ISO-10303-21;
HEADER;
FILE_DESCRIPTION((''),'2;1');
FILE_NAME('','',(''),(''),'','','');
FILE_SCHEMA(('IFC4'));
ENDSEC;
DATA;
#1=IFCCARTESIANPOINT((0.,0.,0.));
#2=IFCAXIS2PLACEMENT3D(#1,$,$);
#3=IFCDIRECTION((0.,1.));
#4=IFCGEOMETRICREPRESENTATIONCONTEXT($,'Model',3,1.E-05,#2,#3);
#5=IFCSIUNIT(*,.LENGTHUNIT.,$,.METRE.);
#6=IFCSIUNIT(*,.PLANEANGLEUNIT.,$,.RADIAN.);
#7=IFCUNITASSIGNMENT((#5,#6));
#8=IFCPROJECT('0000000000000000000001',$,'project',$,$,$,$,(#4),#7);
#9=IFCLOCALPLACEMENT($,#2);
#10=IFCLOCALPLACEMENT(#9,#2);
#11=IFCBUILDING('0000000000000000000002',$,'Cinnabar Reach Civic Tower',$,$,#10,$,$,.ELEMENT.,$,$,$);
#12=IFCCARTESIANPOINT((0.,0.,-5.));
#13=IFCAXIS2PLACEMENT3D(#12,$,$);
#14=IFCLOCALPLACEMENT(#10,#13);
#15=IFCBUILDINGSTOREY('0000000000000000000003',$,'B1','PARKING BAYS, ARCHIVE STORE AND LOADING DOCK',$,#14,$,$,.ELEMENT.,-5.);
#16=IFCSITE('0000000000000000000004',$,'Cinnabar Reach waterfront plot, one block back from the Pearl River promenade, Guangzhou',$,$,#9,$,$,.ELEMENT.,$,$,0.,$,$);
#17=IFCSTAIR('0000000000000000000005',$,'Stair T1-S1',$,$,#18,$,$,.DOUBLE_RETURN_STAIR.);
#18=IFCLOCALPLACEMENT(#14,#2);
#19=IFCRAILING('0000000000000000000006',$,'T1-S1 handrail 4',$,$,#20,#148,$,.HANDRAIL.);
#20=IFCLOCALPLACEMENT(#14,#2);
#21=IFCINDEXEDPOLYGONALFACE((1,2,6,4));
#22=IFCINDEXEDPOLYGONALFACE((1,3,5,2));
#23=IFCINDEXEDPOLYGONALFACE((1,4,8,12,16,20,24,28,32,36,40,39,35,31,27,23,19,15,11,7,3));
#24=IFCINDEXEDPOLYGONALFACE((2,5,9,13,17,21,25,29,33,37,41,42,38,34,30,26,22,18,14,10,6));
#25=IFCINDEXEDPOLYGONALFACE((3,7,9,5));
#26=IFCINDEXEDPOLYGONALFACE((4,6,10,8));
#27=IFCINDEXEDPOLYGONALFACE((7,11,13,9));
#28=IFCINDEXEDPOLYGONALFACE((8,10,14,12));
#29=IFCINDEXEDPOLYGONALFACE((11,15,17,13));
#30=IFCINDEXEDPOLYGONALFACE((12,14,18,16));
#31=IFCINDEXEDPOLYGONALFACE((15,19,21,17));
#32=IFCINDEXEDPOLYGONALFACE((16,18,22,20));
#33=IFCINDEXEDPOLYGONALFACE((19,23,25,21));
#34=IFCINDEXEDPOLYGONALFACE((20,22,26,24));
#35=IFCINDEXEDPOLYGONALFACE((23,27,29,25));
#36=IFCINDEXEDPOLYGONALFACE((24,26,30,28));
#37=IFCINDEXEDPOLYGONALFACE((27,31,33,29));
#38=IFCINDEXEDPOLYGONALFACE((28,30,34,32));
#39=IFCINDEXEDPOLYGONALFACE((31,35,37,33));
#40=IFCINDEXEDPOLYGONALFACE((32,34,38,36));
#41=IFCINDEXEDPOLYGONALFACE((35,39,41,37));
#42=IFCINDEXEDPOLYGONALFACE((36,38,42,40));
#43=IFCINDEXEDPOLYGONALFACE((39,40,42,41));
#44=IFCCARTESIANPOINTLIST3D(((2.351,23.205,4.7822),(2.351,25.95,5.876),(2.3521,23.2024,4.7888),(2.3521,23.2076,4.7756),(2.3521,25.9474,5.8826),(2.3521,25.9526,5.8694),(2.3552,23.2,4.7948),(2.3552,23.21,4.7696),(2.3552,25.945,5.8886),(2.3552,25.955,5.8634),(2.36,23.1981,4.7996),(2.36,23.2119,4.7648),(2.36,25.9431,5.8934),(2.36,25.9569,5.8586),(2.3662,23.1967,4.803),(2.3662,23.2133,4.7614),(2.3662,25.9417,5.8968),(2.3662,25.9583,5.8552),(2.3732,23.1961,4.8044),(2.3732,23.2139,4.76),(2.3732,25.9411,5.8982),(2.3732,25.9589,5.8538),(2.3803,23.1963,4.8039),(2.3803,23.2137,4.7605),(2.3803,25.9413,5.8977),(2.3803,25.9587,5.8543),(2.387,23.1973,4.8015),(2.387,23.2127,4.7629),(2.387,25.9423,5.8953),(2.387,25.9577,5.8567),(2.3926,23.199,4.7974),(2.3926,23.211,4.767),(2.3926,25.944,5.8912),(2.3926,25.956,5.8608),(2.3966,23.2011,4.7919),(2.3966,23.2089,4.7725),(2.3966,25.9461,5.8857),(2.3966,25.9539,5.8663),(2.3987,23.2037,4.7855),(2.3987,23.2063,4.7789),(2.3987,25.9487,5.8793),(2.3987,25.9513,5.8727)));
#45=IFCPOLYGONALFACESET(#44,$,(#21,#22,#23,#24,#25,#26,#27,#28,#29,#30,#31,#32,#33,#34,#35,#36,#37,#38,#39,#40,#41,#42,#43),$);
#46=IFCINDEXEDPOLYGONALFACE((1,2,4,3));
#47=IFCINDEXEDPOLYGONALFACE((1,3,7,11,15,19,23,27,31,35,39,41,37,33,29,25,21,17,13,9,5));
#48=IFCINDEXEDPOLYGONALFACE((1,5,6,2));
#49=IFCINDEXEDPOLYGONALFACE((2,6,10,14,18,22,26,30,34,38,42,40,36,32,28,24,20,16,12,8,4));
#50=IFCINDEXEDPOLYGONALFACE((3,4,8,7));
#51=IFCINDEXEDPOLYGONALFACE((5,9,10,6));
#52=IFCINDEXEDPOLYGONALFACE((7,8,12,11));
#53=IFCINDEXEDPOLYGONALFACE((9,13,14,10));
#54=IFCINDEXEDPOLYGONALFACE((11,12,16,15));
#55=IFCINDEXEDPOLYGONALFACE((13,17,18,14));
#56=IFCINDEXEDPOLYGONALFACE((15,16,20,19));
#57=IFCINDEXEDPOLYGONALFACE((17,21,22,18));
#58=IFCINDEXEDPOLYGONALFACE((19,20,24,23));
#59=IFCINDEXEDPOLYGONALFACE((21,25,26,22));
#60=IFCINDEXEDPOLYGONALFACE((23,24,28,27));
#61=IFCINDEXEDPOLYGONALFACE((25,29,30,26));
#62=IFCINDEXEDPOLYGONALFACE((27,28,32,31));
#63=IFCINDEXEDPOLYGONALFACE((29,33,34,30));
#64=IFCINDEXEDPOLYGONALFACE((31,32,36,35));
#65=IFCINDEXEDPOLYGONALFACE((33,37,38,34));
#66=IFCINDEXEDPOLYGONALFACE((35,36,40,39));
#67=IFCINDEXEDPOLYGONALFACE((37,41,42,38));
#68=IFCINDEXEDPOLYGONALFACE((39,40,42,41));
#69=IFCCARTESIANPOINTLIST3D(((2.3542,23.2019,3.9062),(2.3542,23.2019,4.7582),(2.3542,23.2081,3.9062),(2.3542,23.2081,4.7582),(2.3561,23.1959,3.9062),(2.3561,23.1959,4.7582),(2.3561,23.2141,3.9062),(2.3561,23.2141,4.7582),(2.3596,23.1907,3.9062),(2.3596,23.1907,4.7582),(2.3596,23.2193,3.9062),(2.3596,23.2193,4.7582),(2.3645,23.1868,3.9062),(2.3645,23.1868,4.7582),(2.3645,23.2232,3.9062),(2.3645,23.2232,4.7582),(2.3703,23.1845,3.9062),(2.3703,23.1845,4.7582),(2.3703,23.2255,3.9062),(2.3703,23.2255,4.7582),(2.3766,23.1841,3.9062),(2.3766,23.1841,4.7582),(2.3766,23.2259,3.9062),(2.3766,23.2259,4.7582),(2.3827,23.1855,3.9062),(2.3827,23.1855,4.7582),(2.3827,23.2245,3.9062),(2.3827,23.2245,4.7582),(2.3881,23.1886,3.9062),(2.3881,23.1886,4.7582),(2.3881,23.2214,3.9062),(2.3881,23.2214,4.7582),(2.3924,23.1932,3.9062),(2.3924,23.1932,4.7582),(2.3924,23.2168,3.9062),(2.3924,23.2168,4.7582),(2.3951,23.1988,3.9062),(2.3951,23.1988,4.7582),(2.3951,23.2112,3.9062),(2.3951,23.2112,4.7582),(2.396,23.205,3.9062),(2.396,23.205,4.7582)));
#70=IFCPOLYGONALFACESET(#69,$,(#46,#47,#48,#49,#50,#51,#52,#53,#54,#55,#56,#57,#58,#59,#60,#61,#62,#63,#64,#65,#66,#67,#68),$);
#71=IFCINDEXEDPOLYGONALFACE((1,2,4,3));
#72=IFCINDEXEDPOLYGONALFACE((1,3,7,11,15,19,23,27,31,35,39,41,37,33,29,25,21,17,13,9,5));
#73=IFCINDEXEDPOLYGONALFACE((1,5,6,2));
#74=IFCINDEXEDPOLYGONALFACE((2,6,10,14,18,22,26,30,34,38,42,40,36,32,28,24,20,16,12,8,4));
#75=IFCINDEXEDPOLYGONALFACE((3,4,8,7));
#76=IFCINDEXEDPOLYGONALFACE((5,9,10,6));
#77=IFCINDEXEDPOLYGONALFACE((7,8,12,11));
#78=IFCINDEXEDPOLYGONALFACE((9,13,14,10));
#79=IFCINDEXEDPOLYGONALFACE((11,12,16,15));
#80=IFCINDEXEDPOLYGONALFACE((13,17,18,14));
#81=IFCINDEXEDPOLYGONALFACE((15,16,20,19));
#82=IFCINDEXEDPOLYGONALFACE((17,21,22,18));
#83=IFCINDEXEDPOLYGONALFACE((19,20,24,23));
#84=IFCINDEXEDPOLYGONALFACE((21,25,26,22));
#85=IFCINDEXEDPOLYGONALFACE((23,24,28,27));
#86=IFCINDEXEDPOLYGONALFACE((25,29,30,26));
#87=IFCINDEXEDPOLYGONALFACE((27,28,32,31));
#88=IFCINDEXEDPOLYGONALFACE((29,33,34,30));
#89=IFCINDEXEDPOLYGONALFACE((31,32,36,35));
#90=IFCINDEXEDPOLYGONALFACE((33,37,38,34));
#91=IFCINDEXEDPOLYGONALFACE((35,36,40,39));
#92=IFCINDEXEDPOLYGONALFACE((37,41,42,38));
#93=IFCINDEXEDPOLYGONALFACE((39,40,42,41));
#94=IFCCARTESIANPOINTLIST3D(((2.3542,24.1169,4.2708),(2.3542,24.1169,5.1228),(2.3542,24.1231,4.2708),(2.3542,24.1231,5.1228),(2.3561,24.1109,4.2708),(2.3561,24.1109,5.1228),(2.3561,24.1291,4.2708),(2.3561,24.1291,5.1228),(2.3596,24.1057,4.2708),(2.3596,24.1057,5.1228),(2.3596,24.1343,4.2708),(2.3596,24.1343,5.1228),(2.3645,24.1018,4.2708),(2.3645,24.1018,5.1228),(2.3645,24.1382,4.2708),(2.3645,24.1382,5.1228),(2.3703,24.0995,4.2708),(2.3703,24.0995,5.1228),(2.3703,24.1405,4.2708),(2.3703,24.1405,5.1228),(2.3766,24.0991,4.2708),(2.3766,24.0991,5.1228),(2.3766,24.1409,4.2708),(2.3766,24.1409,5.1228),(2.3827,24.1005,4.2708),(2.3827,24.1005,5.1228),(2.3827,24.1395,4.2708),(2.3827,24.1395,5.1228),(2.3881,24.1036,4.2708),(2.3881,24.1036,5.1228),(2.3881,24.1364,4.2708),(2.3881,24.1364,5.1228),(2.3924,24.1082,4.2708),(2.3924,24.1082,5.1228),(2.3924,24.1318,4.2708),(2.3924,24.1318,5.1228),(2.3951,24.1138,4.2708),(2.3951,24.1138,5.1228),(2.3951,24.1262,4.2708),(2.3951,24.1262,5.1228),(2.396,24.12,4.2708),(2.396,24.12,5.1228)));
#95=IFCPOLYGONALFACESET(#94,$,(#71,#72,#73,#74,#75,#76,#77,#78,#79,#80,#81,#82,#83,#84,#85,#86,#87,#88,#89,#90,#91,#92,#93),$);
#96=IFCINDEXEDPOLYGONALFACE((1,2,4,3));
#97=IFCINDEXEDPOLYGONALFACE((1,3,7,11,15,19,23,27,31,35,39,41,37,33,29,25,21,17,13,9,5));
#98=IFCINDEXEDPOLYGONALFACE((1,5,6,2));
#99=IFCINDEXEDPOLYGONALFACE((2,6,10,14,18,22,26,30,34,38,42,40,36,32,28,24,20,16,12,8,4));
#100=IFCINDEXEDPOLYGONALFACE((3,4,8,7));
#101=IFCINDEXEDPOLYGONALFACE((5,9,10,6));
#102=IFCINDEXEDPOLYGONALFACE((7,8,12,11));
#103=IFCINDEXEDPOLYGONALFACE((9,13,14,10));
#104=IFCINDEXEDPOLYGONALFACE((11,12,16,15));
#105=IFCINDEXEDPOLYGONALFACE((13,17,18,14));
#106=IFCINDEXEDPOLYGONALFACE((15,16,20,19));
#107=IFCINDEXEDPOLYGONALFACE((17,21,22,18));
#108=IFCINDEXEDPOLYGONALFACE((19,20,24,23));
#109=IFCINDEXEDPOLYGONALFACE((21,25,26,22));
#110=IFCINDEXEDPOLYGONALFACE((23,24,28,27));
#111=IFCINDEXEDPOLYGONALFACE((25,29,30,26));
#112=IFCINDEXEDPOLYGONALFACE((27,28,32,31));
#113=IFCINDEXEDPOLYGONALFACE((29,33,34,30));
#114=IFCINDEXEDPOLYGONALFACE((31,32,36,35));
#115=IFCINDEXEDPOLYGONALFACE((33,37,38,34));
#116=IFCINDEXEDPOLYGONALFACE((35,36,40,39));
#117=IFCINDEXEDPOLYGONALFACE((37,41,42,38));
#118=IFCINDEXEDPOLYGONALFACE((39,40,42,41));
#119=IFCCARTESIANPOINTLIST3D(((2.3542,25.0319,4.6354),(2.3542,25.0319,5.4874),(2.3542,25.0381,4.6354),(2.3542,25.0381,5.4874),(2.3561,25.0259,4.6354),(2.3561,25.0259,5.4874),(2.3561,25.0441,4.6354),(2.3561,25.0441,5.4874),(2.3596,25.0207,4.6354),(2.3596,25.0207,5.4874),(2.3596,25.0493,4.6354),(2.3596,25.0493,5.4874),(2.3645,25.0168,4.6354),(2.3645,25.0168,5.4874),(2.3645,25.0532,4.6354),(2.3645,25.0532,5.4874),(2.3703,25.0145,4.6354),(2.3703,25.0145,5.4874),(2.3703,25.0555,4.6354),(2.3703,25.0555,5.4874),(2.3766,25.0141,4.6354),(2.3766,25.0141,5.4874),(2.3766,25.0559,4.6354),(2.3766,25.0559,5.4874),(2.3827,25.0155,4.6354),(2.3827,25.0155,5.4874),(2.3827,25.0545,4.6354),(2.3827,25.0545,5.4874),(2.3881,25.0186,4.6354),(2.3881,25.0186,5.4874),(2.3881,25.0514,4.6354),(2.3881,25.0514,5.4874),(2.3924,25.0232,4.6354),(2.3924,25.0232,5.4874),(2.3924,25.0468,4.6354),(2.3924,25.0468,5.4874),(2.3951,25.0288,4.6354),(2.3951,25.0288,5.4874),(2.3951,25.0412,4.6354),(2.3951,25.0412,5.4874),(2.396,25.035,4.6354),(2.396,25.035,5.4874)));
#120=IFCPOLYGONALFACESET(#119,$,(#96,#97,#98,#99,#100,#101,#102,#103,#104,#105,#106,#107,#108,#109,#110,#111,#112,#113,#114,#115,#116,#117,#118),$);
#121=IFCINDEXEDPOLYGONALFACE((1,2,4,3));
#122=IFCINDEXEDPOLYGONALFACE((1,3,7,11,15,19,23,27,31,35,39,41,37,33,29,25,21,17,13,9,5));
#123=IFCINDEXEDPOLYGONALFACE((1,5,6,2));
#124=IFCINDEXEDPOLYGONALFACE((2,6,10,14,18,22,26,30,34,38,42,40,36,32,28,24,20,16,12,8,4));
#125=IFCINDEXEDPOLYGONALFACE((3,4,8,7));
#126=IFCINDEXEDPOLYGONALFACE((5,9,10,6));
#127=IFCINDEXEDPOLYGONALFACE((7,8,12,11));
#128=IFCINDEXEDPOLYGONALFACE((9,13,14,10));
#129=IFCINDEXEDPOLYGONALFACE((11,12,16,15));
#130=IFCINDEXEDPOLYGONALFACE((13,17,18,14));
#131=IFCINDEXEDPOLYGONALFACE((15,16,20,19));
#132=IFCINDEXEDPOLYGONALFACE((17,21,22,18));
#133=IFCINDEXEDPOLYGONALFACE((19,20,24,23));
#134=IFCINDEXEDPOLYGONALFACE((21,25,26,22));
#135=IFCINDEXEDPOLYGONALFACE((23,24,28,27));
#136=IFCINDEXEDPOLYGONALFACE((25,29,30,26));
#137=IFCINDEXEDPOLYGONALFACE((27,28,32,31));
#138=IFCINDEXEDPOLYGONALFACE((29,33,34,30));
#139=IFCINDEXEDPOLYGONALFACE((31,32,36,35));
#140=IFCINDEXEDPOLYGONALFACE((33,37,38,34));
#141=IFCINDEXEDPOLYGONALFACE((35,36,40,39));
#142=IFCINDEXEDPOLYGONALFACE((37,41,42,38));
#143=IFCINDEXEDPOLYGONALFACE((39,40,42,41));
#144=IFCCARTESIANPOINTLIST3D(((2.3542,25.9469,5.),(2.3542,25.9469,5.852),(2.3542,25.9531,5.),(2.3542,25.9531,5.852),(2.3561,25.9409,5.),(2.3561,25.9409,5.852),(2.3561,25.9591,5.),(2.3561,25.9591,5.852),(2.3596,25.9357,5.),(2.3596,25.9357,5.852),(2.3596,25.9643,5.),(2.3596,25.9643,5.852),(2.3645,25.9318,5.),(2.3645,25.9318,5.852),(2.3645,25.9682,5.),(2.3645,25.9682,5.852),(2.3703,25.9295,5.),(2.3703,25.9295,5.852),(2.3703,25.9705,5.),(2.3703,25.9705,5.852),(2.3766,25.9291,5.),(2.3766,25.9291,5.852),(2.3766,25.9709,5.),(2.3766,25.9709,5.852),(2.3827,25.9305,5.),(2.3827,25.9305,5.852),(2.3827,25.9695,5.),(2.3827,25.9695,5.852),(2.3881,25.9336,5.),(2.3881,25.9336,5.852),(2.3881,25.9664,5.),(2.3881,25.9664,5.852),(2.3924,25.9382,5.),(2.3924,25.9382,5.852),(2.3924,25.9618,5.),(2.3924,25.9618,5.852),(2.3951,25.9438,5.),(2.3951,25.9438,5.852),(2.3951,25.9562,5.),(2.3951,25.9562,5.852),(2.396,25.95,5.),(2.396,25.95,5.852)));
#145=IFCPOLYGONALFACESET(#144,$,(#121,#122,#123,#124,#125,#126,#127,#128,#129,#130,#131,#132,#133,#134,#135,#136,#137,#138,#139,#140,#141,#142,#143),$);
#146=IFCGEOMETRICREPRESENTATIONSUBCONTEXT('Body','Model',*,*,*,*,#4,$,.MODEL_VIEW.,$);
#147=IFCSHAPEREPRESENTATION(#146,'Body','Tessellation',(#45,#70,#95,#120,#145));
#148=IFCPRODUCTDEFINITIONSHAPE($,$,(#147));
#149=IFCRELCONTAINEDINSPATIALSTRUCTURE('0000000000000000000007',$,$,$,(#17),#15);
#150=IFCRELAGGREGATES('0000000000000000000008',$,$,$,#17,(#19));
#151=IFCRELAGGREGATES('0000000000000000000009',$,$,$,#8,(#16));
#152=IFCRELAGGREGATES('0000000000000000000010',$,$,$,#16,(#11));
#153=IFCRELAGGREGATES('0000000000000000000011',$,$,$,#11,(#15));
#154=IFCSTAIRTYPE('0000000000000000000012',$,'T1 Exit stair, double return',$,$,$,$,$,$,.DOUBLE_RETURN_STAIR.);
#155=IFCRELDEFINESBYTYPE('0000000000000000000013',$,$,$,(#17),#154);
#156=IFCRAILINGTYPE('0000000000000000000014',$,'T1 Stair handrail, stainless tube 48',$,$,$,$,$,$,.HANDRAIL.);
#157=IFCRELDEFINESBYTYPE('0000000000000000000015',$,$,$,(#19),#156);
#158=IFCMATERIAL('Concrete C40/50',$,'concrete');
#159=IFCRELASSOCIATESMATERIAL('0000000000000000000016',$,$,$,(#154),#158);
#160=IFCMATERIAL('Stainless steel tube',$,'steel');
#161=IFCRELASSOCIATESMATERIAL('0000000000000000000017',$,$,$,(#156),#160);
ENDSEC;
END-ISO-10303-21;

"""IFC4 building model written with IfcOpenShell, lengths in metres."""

from ifc_helpers import new_model, si_unit, direction, frame, origin, origin_2d, place, context, subcontext, project, spatial, circle, extrude, material, type_object, element, aggregate, save


model = new_model("IFC4")

# Units and contexts
model_context = context("Model", 3, precision=1e-05, world=origin(), true_north=direction((0.0, 1.0)))
body_context = subcontext(model_context, "Body", "Model", "MODEL_VIEW")
ifc_project = project(units=[si_unit("LENGTHUNIT", "METRE"), si_unit("PLANEANGLEUNIT", "RADIAN")], contexts=[model_context])

# Site, building, storey
site_placement = place(None, origin())
site = spatial("IfcSite", under=ifc_project, at=site_placement, Name="Cinnabar Reach waterfront plot, one block back from the Pearl River promenade, Guangzhou", CompositionType="ELEMENT", RefElevation=0.0)
building_placement = place(site_placement, origin())
building = spatial("IfcBuilding", under=site, at=building_placement, Name="Cinnabar Reach Civic Tower", CompositionType="ELEMENT")
storey_placement = place(building_placement, frame((0.0, 0.0, -5.0)))
storey = spatial("IfcBuildingStorey", under=building, at=storey_placement, Name="B1", Description="PARKING BAYS, ARCHIVE STORE AND LOADING DOCK", CompositionType="ELEMENT", Elevation=-5.0)

# Shared definitions
ifc_material_1 = material(Name="Concrete C40/50", Category="concrete")

# Stair, railing
stair_type = type_object("IfcStairType", Name="T1 Exit stair, double return", PredefinedType="DOUBLE_RETURN_STAIR", material=ifc_material_1)
stair_placement = place(storey_placement, origin())
stair = element("IfcStair", 1, at=stair_placement, inside=storey, type_object=stair_type, Name="Stair T1-S1", PredefinedType="DOUBLE_RETURN_STAIR")
ifc_material_2 = material(Name="Stainless steel tube", Category="steel")
railing_type = type_object("IfcRailingType", Name="T1 Stair handrail, stainless tube 48", PredefinedType="HANDRAIL", material=ifc_material_2)
railing_1_placement = place(storey_placement, frame((2.375, 23.205, 3.9062)))
railing_1 = element("IfcRailing", 2, at=railing_1_placement, type_object=railing_type, Name="T1-S1 handrail 4", PredefinedType="HANDRAIL", context=body_context, shape_type="SweptSolid", body=[
    extrude(circle(Radius=0.024, at=origin_2d()), frame((0.0, 0.0, 0.876), z_axis=(0.0, 0.928966, 0.370165), x_axis=(-1.0, 0.0, 0.0)), (0.0, 0.0, 1.0), 2.9549),
    extrude(circle(Radius=0.021, at=origin_2d()), origin(), (0.0, 0.0, 1.0), 0.852),
    extrude(circle(Radius=0.021, at=origin_2d()), frame((0.0, 0.915, 0.3646)), (0.0, 0.0, 1.0), 0.852),
    extrude(circle(Radius=0.021, at=origin_2d()), frame((0.0, 1.83, 0.7292)), (0.0, 0.0, 1.0), 0.852),
    extrude(circle(Radius=0.021, at=origin_2d()), frame((0.0, 2.745, 1.0938)), (0.0, 0.0, 1.0), 0.852),
])
aggregate(stair, [railing_1])

save(model, "model.ifc")
